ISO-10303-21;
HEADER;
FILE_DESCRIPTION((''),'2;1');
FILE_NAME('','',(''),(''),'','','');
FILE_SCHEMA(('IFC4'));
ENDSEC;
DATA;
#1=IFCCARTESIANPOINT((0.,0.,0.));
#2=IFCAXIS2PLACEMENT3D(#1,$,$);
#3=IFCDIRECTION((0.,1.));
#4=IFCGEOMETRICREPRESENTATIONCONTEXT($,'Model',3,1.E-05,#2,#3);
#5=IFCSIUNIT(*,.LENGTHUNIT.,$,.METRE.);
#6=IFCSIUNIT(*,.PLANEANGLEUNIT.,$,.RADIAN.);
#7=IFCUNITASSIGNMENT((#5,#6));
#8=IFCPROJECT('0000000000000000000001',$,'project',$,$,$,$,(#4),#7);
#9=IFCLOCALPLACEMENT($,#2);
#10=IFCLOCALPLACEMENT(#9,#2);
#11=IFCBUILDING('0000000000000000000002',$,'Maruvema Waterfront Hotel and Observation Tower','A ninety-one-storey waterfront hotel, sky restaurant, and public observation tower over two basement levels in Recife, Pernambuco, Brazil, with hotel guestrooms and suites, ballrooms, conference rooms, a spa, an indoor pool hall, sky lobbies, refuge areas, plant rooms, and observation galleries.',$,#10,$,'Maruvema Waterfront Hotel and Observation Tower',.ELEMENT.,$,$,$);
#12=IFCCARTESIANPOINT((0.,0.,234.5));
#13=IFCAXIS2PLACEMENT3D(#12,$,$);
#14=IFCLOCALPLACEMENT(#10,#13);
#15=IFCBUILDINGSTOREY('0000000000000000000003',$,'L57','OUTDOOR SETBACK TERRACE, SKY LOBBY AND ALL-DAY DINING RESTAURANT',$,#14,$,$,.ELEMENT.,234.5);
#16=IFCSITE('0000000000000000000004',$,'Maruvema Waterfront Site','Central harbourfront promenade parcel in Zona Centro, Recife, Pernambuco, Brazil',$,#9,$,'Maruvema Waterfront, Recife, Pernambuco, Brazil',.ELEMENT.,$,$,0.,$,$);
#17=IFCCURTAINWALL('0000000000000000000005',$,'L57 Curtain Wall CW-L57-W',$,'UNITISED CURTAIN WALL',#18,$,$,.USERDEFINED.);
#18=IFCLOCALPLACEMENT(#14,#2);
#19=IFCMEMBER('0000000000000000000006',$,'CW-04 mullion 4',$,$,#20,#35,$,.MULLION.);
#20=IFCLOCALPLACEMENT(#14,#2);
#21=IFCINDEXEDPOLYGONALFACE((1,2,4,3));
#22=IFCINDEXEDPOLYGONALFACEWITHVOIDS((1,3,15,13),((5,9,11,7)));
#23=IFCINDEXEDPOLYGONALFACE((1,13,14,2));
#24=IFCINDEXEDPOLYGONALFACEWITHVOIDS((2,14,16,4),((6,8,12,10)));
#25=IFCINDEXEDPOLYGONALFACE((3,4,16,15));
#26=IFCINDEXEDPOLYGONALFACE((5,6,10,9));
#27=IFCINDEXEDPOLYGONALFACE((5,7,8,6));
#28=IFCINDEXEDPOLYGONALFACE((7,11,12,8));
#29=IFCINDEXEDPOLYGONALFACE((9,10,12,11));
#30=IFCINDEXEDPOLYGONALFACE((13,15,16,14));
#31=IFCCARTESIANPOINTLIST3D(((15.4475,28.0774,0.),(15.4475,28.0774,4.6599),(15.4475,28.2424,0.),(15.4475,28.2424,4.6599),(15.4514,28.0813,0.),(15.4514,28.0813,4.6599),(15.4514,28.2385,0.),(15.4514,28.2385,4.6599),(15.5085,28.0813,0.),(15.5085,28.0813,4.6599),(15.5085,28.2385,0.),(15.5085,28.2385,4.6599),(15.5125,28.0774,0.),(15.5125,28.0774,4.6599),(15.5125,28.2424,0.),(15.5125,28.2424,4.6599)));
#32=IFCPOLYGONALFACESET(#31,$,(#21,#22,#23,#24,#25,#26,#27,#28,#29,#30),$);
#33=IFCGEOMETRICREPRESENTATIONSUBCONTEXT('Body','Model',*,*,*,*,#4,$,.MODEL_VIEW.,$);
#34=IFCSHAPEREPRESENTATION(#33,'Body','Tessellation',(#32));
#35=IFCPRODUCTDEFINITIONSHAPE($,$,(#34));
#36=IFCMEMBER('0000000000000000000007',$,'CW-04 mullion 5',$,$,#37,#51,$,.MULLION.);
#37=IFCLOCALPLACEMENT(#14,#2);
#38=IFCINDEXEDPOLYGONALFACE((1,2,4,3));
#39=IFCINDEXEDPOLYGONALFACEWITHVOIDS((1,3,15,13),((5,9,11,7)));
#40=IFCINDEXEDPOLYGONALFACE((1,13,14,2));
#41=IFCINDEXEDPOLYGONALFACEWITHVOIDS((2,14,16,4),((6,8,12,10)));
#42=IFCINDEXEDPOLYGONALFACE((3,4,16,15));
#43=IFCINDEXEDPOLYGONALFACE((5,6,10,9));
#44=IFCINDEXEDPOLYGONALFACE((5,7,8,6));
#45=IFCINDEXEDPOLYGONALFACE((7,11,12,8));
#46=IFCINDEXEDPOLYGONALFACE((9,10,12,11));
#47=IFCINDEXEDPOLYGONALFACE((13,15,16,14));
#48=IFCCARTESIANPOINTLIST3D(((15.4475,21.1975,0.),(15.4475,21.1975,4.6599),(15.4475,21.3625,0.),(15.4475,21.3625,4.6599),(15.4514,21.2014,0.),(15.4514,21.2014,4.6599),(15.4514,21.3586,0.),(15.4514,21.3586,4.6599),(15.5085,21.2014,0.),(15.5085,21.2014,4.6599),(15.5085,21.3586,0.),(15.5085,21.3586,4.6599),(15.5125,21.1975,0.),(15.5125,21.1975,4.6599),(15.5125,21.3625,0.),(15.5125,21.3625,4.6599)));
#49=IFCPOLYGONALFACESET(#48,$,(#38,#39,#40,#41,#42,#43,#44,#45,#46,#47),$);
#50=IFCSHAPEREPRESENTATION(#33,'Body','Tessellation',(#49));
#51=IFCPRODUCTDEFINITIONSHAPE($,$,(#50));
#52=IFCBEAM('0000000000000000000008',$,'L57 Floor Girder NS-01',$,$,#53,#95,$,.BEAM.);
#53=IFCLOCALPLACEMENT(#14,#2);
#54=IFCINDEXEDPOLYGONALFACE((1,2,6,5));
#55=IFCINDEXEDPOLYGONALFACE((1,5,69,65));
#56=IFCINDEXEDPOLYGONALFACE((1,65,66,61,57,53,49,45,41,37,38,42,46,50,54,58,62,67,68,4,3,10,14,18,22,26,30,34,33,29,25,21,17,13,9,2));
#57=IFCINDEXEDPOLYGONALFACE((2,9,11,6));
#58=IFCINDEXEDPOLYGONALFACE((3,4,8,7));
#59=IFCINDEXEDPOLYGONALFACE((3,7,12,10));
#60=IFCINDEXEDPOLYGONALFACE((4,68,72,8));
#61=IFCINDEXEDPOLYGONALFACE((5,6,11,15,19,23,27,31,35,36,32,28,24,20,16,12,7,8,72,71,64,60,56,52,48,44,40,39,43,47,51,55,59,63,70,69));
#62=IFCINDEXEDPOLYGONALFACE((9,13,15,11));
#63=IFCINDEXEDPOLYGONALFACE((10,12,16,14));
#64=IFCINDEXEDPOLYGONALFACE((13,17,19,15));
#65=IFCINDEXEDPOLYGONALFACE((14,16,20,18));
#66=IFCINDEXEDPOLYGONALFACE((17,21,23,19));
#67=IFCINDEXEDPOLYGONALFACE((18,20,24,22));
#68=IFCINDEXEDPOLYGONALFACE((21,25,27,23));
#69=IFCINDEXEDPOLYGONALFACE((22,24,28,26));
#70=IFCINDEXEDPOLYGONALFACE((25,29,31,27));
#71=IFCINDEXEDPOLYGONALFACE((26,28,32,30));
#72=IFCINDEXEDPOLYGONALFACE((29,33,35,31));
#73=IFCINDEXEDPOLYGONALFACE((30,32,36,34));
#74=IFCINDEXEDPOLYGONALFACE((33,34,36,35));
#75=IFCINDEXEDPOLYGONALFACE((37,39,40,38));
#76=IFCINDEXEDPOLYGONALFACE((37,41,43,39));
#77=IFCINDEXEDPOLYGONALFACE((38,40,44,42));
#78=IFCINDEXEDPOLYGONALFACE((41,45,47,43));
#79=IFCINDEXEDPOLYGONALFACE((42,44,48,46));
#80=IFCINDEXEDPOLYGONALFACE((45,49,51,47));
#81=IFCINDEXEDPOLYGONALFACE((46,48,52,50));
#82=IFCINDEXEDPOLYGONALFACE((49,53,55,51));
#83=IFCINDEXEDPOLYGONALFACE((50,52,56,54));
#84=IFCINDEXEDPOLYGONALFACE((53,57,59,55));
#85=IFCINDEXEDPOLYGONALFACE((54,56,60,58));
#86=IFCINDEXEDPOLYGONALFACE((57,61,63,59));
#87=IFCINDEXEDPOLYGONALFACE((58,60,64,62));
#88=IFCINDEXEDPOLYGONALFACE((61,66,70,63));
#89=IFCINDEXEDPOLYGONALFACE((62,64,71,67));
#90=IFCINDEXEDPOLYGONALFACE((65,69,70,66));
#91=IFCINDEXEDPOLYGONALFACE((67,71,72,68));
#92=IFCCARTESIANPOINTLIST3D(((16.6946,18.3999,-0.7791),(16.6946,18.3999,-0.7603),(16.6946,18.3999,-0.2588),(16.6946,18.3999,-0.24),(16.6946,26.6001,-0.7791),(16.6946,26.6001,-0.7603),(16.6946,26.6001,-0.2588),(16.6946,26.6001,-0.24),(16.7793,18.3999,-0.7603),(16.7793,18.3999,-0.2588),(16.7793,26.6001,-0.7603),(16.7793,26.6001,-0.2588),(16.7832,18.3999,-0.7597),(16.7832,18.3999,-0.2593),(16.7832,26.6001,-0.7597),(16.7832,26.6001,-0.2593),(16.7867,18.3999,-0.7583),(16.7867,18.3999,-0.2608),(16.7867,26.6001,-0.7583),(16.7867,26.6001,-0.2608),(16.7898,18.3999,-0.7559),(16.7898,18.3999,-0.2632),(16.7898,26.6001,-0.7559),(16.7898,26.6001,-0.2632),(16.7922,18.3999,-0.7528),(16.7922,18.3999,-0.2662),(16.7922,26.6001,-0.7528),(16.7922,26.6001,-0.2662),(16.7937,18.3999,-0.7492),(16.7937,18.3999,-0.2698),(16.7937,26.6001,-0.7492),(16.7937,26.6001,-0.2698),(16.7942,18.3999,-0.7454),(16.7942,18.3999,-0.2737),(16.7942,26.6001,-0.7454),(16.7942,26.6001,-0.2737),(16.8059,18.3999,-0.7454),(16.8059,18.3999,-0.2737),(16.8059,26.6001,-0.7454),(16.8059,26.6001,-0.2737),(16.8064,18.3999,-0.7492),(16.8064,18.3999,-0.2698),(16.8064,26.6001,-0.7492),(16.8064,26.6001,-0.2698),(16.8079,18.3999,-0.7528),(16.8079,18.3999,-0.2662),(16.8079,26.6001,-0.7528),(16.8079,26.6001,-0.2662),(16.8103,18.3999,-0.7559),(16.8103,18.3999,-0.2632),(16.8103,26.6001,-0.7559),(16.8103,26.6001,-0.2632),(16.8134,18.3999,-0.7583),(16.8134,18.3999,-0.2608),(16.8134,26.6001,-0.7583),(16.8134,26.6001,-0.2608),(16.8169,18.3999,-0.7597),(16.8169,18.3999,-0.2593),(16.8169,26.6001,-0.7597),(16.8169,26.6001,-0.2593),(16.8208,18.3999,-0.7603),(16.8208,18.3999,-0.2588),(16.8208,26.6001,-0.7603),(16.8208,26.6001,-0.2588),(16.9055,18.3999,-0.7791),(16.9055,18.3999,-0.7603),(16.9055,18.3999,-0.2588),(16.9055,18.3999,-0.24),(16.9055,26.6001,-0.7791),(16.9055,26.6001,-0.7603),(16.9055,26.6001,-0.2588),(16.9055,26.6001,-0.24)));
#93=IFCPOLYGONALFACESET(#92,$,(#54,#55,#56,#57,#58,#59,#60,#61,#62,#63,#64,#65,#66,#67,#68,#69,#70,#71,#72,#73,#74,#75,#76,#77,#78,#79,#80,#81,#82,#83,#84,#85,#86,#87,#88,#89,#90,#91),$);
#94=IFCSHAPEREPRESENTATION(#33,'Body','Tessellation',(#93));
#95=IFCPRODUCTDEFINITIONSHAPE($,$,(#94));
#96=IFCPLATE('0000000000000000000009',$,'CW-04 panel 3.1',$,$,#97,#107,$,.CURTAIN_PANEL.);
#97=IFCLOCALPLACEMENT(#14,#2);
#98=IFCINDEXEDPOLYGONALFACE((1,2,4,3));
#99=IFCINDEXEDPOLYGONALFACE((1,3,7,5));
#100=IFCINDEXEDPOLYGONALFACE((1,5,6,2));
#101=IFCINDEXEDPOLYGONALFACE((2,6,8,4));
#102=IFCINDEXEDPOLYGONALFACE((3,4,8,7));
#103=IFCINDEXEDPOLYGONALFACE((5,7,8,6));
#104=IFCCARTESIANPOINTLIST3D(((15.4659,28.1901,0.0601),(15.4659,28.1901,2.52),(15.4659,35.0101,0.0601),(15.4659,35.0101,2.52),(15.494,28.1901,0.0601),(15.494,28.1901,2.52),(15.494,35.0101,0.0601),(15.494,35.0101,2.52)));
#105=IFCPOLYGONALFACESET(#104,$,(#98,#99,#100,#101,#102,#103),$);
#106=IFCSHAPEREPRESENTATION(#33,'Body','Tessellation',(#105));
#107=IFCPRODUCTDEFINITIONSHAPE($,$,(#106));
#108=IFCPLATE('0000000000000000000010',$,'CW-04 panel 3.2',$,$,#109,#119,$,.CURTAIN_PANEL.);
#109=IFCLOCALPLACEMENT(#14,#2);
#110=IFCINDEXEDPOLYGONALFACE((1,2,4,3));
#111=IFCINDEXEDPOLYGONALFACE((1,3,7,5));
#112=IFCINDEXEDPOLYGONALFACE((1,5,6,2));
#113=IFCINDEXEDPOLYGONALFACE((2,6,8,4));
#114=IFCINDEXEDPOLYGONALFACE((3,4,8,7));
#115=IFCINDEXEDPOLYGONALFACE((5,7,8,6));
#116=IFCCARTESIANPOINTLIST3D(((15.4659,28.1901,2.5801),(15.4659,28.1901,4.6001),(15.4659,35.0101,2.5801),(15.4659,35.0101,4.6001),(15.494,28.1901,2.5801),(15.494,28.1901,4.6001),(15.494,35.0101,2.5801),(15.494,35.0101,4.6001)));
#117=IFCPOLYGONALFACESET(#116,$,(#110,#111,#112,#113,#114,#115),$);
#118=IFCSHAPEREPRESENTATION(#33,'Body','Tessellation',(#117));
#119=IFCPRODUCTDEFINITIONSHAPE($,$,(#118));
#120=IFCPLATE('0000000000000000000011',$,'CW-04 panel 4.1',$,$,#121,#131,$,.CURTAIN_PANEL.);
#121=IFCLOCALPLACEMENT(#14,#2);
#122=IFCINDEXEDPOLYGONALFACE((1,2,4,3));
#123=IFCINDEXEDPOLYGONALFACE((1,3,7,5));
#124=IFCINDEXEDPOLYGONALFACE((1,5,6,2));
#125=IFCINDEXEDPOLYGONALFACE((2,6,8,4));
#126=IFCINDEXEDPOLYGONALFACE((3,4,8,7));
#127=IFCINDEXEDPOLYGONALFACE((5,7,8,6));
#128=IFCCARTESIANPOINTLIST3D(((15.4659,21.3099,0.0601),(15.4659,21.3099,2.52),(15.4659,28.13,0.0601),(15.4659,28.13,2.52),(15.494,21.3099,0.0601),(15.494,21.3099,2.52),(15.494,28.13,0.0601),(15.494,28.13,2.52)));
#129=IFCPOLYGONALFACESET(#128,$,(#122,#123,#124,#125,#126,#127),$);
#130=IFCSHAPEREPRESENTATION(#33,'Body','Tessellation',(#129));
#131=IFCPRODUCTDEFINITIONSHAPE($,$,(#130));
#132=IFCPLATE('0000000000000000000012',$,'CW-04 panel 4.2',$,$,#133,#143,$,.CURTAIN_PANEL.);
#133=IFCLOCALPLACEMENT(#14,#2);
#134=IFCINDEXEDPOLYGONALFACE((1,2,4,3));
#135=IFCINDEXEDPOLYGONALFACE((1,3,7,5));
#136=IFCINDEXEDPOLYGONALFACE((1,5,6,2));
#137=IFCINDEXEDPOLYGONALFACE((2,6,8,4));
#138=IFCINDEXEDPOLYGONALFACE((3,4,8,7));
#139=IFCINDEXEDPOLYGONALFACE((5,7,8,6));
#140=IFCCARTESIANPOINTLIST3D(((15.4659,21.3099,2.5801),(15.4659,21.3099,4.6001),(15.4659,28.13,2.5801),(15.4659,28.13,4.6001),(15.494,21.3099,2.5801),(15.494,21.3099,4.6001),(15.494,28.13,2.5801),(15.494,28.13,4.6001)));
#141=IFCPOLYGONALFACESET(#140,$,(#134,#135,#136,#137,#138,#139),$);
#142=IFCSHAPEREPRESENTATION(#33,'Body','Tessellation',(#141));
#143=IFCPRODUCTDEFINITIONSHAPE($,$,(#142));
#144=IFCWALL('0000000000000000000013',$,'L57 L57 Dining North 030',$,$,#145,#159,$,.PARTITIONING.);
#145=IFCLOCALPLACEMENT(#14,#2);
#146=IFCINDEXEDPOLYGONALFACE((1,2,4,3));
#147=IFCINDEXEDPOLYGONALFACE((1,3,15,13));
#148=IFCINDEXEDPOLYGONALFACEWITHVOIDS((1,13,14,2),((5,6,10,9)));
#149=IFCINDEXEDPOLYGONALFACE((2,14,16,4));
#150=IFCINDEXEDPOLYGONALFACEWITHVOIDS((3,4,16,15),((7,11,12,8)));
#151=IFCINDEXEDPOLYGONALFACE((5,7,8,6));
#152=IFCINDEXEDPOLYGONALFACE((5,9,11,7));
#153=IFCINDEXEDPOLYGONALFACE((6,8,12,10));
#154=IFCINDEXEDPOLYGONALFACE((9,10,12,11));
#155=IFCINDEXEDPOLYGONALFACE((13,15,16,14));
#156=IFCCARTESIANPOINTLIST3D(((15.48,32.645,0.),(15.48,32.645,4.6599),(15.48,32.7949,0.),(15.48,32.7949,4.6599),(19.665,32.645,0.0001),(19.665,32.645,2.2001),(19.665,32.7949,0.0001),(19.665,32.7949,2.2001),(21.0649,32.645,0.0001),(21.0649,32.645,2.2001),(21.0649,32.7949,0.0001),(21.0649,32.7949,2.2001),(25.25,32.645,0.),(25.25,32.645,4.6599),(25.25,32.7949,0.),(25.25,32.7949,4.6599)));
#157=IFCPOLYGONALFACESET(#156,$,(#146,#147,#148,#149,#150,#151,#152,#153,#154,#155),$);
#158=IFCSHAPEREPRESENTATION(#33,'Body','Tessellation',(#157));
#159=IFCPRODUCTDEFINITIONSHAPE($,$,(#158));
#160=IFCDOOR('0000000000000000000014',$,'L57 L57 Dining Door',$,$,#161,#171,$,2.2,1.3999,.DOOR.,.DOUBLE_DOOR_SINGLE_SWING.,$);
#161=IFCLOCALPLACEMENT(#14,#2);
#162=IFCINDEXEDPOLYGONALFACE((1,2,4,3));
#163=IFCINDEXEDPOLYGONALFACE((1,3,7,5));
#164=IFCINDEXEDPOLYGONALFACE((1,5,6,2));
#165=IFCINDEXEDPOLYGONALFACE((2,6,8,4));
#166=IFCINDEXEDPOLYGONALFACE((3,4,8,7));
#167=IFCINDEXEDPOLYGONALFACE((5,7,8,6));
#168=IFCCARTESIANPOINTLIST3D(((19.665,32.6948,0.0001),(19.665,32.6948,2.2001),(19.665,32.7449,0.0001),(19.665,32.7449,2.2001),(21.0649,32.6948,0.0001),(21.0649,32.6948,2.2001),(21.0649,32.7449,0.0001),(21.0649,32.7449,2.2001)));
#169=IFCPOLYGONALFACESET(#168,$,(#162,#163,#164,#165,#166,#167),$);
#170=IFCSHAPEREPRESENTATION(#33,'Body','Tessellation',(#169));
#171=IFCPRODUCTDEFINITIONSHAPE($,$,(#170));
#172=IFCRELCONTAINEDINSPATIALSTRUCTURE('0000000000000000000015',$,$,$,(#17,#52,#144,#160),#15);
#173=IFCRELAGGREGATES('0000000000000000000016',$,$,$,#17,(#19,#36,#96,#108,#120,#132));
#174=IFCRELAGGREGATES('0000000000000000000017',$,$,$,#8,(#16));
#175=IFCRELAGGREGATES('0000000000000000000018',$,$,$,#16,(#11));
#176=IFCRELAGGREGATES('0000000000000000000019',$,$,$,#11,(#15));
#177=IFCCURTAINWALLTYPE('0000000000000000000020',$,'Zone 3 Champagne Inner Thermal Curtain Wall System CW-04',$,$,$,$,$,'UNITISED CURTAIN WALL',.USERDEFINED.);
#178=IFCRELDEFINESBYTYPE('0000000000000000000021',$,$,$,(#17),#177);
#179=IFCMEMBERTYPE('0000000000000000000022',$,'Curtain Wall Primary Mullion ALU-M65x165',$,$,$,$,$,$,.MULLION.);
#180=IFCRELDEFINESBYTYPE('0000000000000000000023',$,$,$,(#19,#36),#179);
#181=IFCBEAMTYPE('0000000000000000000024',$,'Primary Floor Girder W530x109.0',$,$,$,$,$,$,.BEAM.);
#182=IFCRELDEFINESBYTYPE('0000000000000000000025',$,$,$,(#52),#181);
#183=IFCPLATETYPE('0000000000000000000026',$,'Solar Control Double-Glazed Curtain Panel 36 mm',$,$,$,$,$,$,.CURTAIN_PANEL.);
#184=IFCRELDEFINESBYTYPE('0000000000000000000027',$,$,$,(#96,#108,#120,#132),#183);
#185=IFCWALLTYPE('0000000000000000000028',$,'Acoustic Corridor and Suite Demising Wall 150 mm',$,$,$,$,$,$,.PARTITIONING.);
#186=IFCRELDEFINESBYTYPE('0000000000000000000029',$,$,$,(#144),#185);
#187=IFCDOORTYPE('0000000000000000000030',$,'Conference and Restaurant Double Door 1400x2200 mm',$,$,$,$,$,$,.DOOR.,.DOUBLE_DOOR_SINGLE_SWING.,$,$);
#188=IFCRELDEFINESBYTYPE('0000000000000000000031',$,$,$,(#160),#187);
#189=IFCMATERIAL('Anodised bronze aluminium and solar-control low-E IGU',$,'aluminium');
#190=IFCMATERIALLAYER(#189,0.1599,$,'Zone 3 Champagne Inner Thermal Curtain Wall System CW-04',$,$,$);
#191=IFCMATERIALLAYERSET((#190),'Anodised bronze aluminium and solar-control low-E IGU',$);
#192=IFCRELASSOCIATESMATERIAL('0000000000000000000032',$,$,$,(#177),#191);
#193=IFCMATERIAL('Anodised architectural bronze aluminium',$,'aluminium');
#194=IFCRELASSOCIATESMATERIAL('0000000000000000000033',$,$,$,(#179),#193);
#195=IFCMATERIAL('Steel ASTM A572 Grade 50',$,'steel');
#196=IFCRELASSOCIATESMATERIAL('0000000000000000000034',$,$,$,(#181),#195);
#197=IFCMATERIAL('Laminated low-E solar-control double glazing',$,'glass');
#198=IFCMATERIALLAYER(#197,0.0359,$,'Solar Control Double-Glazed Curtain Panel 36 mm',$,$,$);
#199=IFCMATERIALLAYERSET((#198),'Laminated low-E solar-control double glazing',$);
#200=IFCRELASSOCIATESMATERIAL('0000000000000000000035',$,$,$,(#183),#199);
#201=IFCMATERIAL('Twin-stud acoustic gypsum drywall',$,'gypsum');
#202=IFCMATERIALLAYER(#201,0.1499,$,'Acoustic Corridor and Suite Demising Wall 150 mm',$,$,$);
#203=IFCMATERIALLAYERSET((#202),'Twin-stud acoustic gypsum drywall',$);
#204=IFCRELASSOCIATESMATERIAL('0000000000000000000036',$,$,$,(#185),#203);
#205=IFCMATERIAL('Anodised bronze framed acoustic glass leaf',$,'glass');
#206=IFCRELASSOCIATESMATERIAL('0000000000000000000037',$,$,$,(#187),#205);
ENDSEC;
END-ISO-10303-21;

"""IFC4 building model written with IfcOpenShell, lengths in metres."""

from ifc_helpers import new_model, si_unit, direction, frame, frame_2d, origin, origin_2d, place, context, subcontext, project, spatial, rectangle, hollow_rectangle, i_section, extrude, material, layer, layer_set, material_profile, profile_set, type_object, element, fill, aggregate, save


model = new_model("IFC4")

# Units and contexts
model_context = context("Model", 3, precision=1e-05, world=origin(), true_north=direction((0.0, 1.0)))
body_context = subcontext(model_context, "Body", "Model", "MODEL_VIEW")
ifc_project = project(units=[si_unit("LENGTHUNIT", "METRE"), si_unit("PLANEANGLEUNIT", "RADIAN")], contexts=[model_context])

# Site, building, storey
site_placement = place(None, origin())
site = spatial("IfcSite", under=ifc_project, at=site_placement, Name="Maruvema Waterfront Site", Description="Central harbourfront promenade parcel in Zona Centro, Recife, Pernambuco, Brazil", LongName="Maruvema Waterfront, Recife, Pernambuco, Brazil", CompositionType="ELEMENT", RefElevation=0.0)
building_placement = place(site_placement, origin())
building = spatial("IfcBuilding", under=site, at=building_placement, Name="Maruvema Waterfront Hotel and Observation Tower", Description="A ninety-one-storey waterfront hotel, sky restaurant, and public observation tower over two basement levels in Recife, Pernambuco, Brazil, with hotel guestrooms and suites, ballrooms, conference rooms, a spa, an indoor pool hall, sky lobbies, refuge areas, plant rooms, and observation galleries.", LongName="Maruvema Waterfront Hotel and Observation Tower", CompositionType="ELEMENT")
storey_placement = place(building_placement, frame((0.0, 0.0, 234.5)))
storey = spatial("IfcBuildingStorey", under=building, at=storey_placement, Name="L57", Description="OUTDOOR SETBACK TERRACE, SKY LOBBY AND ALL-DAY DINING RESTAURANT", CompositionType="ELEMENT", Elevation=234.5)

# Curtain wall, members
ifc_material_1 = material(Name="Anodised bronze aluminium and solar-control low-E IGU", Category="aluminium")
ifc_layer_1 = layer(ifc_material_1, 0.1599, Name="Zone 3 Champagne Inner Thermal Curtain Wall System CW-04")
ifc_layer_set_1 = layer_set([ifc_layer_1], Name="Anodised bronze aluminium and solar-control low-E IGU")
curtain_wall_type = type_object("IfcCurtainWallType", Name="Zone 3 Champagne Inner Thermal Curtain Wall System CW-04", ElementType="UNITISED CURTAIN WALL", PredefinedType="USERDEFINED", material=ifc_layer_set_1)
curtain_wall_placement = place(storey_placement, origin())
curtain_wall = element("IfcCurtainWall", 1, at=curtain_wall_placement, inside=storey, type_object=curtain_wall_type, Name="L57 Curtain Wall CW-L57-W", ObjectType="UNITISED CURTAIN WALL", PredefinedType="USERDEFINED")
ifc_material_2 = material(Name="Anodised architectural bronze aluminium", Category="aluminium")
ifc_material_profile_1 = material_profile(ifc_material_2, hollow_rectangle(XDim=0.0649, YDim=0.165, WallThickness=0.0039, at=origin_2d()), Name="ALU-M65x165")
ifc_profile_set_1 = profile_set([ifc_material_profile_1], Name="Anodised architectural bronze aluminium")
member_type_1 = type_object("IfcMemberType", Name="Curtain Wall Primary Mullion ALU-M65x165", PredefinedType="MULLION", material=ifc_profile_set_1)
member_1_placement = place(storey_placement, frame((15.48, 28.1599, 0.0), z_axis=(0.0, 0.0, 1.0), x_axis=(1.0, 0.0, 0.0)))
member_1 = element("IfcMember", 2, at=member_1_placement, type_object=member_type_1, Name="CW-04 mullion 4", PredefinedType="MULLION", context=body_context, shape_type="SweptSolid", body=[
    extrude(hollow_rectangle(XDim=0.0649, YDim=0.165, WallThickness=0.0039, at=origin_2d()), origin(), (0.0, 0.0, 1.0), 4.6599),
])
member_2_placement = place(storey_placement, frame((15.48, 21.28, 0.0), z_axis=(0.0, 0.0, 1.0), x_axis=(1.0, 0.0, 0.0)))
member_2 = element("IfcMember", 3, at=member_2_placement, type_object=member_type_1, Name="CW-04 mullion 5", PredefinedType="MULLION", context=body_context, shape_type="SweptSolid", body=[
    extrude(hollow_rectangle(XDim=0.0649, YDim=0.165, WallThickness=0.0039, at=origin_2d()), origin(), (0.0, 0.0, 1.0), 4.6599),
])

# Beam
ifc_material_3 = material(Name="Steel ASTM A572 Grade 50", Category="steel")
ifc_material_profile_2 = material_profile(ifc_material_3, i_section(OverallWidth=0.2109, OverallDepth=0.5391, WebThickness=0.0117, FlangeThickness=0.0188, FilletRadius=0.0149, at=origin_2d()), Name="W530x109.0")
ifc_profile_set_2 = profile_set([ifc_material_profile_2], Name="Steel ASTM A572 Grade 50")
beam_type = type_object("IfcBeamType", Name="Primary Floor Girder W530x109.0", PredefinedType="BEAM", material=ifc_profile_set_2)
beam_placement = place(storey_placement, frame((16.8, 18.3999, -0.5095), z_axis=(0.0, 1.0, 0.0), x_axis=(-1.0, 0.0, 0.0)))
element("IfcBeam", 4, at=beam_placement, inside=storey, type_object=beam_type, Name="L57 Floor Girder NS-01", PredefinedType="BEAM", context=body_context, shape_type="SweptSolid", body=[
    extrude(i_section(OverallWidth=0.2109, OverallDepth=0.5391, WebThickness=0.0117, FlangeThickness=0.0188, FilletRadius=0.0149, at=origin_2d()), origin(), (0.0, 0.0, 1.0), 8.2002),
])

# Plates
ifc_material_4 = material(Name="Laminated low-E solar-control double glazing", Category="glass")
ifc_layer_2 = layer(ifc_material_4, 0.0359, Name="Solar Control Double-Glazed Curtain Panel 36 mm")
ifc_layer_set_2 = layer_set([ifc_layer_2], Name="Laminated low-E solar-control double glazing")
plate_type = type_object("IfcPlateType", Name="Solar Control Double-Glazed Curtain Panel 36 mm", PredefinedType="CURTAIN_PANEL", material=ifc_layer_set_2)
plate_1_placement = place(storey_placement, frame((15.48, 31.6001, 0.0601), z_axis=(0.0, 0.0, 1.0), x_axis=(0.0, -1.0, 0.0)))
plate_1 = element("IfcPlate", 5, at=plate_1_placement, type_object=plate_type, Name="CW-04 panel 3.1", PredefinedType="CURTAIN_PANEL", context=body_context, shape_type="SweptSolid", body=[
    extrude(rectangle(XDim=6.8201, YDim=0.0281, at=origin_2d()), origin(), (0.0, 0.0, 1.0), 2.46),
])
plate_2_placement = place(storey_placement, frame((15.48, 31.6001, 2.5801), z_axis=(0.0, 0.0, 1.0), x_axis=(0.0, -1.0, 0.0)))
plate_2 = element("IfcPlate", 6, at=plate_2_placement, type_object=plate_type, Name="CW-04 panel 3.2", PredefinedType="CURTAIN_PANEL", context=body_context, shape_type="SweptSolid", body=[
    extrude(rectangle(XDim=6.8201, YDim=0.0281, at=origin_2d()), origin(), (0.0, 0.0, 1.0), 2.02),
])
plate_3_placement = place(storey_placement, frame((15.48, 24.72, 0.0601), z_axis=(0.0, 0.0, 1.0), x_axis=(0.0, -1.0, 0.0)))
plate_3 = element("IfcPlate", 7, at=plate_3_placement, type_object=plate_type, Name="CW-04 panel 4.1", PredefinedType="CURTAIN_PANEL", context=body_context, shape_type="SweptSolid", body=[
    extrude(rectangle(XDim=6.8201, YDim=0.0281, at=origin_2d()), origin(), (0.0, 0.0, 1.0), 2.46),
])
plate_4_placement = place(storey_placement, frame((15.48, 24.72, 2.5801), z_axis=(0.0, 0.0, 1.0), x_axis=(0.0, -1.0, 0.0)))
plate_4 = element("IfcPlate", 8, at=plate_4_placement, type_object=plate_type, Name="CW-04 panel 4.2", PredefinedType="CURTAIN_PANEL", context=body_context, shape_type="SweptSolid", body=[
    extrude(rectangle(XDim=6.8201, YDim=0.0281, at=origin_2d()), origin(), (0.0, 0.0, 1.0), 2.02),
])
aggregate(curtain_wall, [member_1, member_2, plate_1, plate_2, plate_3, plate_4])

# Wall, opening, door
ifc_material_5 = material(Name="Twin-stud acoustic gypsum drywall", Category="gypsum")
ifc_layer_3 = layer(ifc_material_5, 0.1499, Name="Acoustic Corridor and Suite Demising Wall 150 mm")
ifc_layer_set_3 = layer_set([ifc_layer_3], Name="Twin-stud acoustic gypsum drywall")
wall_type = type_object("IfcWallType", Name="Acoustic Corridor and Suite Demising Wall 150 mm", PredefinedType="PARTITIONING", material=ifc_layer_set_3)
wall_1_placement = place(storey_placement, frame((15.48, 32.72, 0.0), z_axis=(0.0, 0.0, 1.0), x_axis=(1.0, 0.0, 0.0)))
wall_1 = element("IfcWall", 9, at=wall_1_placement, inside=storey, type_object=wall_type, Name="L57 L57 Dining North 030", PredefinedType="PARTITIONING", context=body_context, shape_type="SweptSolid", body=[
    extrude(rectangle(XDim=9.77, YDim=0.1499, at=frame_2d((4.885, 0.0))), origin(), (0.0, 0.0, 1.0), 4.6599),
])
opening_1_placement = place(wall_1_placement, frame((4.1851, 0.0, 0.0)))
opening_1 = element("IfcOpeningElement", 10, at=opening_1_placement, cuts=wall_1, PredefinedType="OPENING", context=body_context, shape_type="SweptSolid", body=[
    extrude(rectangle(XDim=1.3999, YDim=2.2, at=frame_2d((0.7, 1.1001))), frame((0.0, 0.085, 0.0), z_axis=(0.0, -1.0, 0.0), x_axis=(1.0, 0.0, 0.0)), (0.0, 0.0, 1.0), 0.1699),
])
ifc_material_6 = material(Name="Anodised bronze framed acoustic glass leaf", Category="glass")
door_type_1 = type_object("IfcDoorType", Name="Conference and Restaurant Double Door 1400x2200 mm", OperationType="DOUBLE_DOOR_SINGLE_SWING", PredefinedType="DOOR", material=ifc_material_6)
door_1_placement = place(opening_1_placement, origin())
door_1 = element("IfcDoor", 11, at=door_1_placement, inside=storey, type_object=door_type_1, Name="L57 L57 Dining Door", OperationType="DOUBLE_DOOR_SINGLE_SWING", OverallHeight=2.2, OverallWidth=1.3999, PredefinedType="DOOR", context=body_context, shape_type="SweptSolid", body=[
    extrude(rectangle(XDim=1.3999, YDim=2.2, at=frame_2d((0.7, 1.1001))), frame((0.0, 0.0249, 0.0), z_axis=(0.0, -1.0, 0.0), x_axis=(1.0, 0.0, 0.0)), (0.0, 0.0, 1.0), 0.05),
])
fill(opening_1, door_1)

save(model, "model.ifc")
